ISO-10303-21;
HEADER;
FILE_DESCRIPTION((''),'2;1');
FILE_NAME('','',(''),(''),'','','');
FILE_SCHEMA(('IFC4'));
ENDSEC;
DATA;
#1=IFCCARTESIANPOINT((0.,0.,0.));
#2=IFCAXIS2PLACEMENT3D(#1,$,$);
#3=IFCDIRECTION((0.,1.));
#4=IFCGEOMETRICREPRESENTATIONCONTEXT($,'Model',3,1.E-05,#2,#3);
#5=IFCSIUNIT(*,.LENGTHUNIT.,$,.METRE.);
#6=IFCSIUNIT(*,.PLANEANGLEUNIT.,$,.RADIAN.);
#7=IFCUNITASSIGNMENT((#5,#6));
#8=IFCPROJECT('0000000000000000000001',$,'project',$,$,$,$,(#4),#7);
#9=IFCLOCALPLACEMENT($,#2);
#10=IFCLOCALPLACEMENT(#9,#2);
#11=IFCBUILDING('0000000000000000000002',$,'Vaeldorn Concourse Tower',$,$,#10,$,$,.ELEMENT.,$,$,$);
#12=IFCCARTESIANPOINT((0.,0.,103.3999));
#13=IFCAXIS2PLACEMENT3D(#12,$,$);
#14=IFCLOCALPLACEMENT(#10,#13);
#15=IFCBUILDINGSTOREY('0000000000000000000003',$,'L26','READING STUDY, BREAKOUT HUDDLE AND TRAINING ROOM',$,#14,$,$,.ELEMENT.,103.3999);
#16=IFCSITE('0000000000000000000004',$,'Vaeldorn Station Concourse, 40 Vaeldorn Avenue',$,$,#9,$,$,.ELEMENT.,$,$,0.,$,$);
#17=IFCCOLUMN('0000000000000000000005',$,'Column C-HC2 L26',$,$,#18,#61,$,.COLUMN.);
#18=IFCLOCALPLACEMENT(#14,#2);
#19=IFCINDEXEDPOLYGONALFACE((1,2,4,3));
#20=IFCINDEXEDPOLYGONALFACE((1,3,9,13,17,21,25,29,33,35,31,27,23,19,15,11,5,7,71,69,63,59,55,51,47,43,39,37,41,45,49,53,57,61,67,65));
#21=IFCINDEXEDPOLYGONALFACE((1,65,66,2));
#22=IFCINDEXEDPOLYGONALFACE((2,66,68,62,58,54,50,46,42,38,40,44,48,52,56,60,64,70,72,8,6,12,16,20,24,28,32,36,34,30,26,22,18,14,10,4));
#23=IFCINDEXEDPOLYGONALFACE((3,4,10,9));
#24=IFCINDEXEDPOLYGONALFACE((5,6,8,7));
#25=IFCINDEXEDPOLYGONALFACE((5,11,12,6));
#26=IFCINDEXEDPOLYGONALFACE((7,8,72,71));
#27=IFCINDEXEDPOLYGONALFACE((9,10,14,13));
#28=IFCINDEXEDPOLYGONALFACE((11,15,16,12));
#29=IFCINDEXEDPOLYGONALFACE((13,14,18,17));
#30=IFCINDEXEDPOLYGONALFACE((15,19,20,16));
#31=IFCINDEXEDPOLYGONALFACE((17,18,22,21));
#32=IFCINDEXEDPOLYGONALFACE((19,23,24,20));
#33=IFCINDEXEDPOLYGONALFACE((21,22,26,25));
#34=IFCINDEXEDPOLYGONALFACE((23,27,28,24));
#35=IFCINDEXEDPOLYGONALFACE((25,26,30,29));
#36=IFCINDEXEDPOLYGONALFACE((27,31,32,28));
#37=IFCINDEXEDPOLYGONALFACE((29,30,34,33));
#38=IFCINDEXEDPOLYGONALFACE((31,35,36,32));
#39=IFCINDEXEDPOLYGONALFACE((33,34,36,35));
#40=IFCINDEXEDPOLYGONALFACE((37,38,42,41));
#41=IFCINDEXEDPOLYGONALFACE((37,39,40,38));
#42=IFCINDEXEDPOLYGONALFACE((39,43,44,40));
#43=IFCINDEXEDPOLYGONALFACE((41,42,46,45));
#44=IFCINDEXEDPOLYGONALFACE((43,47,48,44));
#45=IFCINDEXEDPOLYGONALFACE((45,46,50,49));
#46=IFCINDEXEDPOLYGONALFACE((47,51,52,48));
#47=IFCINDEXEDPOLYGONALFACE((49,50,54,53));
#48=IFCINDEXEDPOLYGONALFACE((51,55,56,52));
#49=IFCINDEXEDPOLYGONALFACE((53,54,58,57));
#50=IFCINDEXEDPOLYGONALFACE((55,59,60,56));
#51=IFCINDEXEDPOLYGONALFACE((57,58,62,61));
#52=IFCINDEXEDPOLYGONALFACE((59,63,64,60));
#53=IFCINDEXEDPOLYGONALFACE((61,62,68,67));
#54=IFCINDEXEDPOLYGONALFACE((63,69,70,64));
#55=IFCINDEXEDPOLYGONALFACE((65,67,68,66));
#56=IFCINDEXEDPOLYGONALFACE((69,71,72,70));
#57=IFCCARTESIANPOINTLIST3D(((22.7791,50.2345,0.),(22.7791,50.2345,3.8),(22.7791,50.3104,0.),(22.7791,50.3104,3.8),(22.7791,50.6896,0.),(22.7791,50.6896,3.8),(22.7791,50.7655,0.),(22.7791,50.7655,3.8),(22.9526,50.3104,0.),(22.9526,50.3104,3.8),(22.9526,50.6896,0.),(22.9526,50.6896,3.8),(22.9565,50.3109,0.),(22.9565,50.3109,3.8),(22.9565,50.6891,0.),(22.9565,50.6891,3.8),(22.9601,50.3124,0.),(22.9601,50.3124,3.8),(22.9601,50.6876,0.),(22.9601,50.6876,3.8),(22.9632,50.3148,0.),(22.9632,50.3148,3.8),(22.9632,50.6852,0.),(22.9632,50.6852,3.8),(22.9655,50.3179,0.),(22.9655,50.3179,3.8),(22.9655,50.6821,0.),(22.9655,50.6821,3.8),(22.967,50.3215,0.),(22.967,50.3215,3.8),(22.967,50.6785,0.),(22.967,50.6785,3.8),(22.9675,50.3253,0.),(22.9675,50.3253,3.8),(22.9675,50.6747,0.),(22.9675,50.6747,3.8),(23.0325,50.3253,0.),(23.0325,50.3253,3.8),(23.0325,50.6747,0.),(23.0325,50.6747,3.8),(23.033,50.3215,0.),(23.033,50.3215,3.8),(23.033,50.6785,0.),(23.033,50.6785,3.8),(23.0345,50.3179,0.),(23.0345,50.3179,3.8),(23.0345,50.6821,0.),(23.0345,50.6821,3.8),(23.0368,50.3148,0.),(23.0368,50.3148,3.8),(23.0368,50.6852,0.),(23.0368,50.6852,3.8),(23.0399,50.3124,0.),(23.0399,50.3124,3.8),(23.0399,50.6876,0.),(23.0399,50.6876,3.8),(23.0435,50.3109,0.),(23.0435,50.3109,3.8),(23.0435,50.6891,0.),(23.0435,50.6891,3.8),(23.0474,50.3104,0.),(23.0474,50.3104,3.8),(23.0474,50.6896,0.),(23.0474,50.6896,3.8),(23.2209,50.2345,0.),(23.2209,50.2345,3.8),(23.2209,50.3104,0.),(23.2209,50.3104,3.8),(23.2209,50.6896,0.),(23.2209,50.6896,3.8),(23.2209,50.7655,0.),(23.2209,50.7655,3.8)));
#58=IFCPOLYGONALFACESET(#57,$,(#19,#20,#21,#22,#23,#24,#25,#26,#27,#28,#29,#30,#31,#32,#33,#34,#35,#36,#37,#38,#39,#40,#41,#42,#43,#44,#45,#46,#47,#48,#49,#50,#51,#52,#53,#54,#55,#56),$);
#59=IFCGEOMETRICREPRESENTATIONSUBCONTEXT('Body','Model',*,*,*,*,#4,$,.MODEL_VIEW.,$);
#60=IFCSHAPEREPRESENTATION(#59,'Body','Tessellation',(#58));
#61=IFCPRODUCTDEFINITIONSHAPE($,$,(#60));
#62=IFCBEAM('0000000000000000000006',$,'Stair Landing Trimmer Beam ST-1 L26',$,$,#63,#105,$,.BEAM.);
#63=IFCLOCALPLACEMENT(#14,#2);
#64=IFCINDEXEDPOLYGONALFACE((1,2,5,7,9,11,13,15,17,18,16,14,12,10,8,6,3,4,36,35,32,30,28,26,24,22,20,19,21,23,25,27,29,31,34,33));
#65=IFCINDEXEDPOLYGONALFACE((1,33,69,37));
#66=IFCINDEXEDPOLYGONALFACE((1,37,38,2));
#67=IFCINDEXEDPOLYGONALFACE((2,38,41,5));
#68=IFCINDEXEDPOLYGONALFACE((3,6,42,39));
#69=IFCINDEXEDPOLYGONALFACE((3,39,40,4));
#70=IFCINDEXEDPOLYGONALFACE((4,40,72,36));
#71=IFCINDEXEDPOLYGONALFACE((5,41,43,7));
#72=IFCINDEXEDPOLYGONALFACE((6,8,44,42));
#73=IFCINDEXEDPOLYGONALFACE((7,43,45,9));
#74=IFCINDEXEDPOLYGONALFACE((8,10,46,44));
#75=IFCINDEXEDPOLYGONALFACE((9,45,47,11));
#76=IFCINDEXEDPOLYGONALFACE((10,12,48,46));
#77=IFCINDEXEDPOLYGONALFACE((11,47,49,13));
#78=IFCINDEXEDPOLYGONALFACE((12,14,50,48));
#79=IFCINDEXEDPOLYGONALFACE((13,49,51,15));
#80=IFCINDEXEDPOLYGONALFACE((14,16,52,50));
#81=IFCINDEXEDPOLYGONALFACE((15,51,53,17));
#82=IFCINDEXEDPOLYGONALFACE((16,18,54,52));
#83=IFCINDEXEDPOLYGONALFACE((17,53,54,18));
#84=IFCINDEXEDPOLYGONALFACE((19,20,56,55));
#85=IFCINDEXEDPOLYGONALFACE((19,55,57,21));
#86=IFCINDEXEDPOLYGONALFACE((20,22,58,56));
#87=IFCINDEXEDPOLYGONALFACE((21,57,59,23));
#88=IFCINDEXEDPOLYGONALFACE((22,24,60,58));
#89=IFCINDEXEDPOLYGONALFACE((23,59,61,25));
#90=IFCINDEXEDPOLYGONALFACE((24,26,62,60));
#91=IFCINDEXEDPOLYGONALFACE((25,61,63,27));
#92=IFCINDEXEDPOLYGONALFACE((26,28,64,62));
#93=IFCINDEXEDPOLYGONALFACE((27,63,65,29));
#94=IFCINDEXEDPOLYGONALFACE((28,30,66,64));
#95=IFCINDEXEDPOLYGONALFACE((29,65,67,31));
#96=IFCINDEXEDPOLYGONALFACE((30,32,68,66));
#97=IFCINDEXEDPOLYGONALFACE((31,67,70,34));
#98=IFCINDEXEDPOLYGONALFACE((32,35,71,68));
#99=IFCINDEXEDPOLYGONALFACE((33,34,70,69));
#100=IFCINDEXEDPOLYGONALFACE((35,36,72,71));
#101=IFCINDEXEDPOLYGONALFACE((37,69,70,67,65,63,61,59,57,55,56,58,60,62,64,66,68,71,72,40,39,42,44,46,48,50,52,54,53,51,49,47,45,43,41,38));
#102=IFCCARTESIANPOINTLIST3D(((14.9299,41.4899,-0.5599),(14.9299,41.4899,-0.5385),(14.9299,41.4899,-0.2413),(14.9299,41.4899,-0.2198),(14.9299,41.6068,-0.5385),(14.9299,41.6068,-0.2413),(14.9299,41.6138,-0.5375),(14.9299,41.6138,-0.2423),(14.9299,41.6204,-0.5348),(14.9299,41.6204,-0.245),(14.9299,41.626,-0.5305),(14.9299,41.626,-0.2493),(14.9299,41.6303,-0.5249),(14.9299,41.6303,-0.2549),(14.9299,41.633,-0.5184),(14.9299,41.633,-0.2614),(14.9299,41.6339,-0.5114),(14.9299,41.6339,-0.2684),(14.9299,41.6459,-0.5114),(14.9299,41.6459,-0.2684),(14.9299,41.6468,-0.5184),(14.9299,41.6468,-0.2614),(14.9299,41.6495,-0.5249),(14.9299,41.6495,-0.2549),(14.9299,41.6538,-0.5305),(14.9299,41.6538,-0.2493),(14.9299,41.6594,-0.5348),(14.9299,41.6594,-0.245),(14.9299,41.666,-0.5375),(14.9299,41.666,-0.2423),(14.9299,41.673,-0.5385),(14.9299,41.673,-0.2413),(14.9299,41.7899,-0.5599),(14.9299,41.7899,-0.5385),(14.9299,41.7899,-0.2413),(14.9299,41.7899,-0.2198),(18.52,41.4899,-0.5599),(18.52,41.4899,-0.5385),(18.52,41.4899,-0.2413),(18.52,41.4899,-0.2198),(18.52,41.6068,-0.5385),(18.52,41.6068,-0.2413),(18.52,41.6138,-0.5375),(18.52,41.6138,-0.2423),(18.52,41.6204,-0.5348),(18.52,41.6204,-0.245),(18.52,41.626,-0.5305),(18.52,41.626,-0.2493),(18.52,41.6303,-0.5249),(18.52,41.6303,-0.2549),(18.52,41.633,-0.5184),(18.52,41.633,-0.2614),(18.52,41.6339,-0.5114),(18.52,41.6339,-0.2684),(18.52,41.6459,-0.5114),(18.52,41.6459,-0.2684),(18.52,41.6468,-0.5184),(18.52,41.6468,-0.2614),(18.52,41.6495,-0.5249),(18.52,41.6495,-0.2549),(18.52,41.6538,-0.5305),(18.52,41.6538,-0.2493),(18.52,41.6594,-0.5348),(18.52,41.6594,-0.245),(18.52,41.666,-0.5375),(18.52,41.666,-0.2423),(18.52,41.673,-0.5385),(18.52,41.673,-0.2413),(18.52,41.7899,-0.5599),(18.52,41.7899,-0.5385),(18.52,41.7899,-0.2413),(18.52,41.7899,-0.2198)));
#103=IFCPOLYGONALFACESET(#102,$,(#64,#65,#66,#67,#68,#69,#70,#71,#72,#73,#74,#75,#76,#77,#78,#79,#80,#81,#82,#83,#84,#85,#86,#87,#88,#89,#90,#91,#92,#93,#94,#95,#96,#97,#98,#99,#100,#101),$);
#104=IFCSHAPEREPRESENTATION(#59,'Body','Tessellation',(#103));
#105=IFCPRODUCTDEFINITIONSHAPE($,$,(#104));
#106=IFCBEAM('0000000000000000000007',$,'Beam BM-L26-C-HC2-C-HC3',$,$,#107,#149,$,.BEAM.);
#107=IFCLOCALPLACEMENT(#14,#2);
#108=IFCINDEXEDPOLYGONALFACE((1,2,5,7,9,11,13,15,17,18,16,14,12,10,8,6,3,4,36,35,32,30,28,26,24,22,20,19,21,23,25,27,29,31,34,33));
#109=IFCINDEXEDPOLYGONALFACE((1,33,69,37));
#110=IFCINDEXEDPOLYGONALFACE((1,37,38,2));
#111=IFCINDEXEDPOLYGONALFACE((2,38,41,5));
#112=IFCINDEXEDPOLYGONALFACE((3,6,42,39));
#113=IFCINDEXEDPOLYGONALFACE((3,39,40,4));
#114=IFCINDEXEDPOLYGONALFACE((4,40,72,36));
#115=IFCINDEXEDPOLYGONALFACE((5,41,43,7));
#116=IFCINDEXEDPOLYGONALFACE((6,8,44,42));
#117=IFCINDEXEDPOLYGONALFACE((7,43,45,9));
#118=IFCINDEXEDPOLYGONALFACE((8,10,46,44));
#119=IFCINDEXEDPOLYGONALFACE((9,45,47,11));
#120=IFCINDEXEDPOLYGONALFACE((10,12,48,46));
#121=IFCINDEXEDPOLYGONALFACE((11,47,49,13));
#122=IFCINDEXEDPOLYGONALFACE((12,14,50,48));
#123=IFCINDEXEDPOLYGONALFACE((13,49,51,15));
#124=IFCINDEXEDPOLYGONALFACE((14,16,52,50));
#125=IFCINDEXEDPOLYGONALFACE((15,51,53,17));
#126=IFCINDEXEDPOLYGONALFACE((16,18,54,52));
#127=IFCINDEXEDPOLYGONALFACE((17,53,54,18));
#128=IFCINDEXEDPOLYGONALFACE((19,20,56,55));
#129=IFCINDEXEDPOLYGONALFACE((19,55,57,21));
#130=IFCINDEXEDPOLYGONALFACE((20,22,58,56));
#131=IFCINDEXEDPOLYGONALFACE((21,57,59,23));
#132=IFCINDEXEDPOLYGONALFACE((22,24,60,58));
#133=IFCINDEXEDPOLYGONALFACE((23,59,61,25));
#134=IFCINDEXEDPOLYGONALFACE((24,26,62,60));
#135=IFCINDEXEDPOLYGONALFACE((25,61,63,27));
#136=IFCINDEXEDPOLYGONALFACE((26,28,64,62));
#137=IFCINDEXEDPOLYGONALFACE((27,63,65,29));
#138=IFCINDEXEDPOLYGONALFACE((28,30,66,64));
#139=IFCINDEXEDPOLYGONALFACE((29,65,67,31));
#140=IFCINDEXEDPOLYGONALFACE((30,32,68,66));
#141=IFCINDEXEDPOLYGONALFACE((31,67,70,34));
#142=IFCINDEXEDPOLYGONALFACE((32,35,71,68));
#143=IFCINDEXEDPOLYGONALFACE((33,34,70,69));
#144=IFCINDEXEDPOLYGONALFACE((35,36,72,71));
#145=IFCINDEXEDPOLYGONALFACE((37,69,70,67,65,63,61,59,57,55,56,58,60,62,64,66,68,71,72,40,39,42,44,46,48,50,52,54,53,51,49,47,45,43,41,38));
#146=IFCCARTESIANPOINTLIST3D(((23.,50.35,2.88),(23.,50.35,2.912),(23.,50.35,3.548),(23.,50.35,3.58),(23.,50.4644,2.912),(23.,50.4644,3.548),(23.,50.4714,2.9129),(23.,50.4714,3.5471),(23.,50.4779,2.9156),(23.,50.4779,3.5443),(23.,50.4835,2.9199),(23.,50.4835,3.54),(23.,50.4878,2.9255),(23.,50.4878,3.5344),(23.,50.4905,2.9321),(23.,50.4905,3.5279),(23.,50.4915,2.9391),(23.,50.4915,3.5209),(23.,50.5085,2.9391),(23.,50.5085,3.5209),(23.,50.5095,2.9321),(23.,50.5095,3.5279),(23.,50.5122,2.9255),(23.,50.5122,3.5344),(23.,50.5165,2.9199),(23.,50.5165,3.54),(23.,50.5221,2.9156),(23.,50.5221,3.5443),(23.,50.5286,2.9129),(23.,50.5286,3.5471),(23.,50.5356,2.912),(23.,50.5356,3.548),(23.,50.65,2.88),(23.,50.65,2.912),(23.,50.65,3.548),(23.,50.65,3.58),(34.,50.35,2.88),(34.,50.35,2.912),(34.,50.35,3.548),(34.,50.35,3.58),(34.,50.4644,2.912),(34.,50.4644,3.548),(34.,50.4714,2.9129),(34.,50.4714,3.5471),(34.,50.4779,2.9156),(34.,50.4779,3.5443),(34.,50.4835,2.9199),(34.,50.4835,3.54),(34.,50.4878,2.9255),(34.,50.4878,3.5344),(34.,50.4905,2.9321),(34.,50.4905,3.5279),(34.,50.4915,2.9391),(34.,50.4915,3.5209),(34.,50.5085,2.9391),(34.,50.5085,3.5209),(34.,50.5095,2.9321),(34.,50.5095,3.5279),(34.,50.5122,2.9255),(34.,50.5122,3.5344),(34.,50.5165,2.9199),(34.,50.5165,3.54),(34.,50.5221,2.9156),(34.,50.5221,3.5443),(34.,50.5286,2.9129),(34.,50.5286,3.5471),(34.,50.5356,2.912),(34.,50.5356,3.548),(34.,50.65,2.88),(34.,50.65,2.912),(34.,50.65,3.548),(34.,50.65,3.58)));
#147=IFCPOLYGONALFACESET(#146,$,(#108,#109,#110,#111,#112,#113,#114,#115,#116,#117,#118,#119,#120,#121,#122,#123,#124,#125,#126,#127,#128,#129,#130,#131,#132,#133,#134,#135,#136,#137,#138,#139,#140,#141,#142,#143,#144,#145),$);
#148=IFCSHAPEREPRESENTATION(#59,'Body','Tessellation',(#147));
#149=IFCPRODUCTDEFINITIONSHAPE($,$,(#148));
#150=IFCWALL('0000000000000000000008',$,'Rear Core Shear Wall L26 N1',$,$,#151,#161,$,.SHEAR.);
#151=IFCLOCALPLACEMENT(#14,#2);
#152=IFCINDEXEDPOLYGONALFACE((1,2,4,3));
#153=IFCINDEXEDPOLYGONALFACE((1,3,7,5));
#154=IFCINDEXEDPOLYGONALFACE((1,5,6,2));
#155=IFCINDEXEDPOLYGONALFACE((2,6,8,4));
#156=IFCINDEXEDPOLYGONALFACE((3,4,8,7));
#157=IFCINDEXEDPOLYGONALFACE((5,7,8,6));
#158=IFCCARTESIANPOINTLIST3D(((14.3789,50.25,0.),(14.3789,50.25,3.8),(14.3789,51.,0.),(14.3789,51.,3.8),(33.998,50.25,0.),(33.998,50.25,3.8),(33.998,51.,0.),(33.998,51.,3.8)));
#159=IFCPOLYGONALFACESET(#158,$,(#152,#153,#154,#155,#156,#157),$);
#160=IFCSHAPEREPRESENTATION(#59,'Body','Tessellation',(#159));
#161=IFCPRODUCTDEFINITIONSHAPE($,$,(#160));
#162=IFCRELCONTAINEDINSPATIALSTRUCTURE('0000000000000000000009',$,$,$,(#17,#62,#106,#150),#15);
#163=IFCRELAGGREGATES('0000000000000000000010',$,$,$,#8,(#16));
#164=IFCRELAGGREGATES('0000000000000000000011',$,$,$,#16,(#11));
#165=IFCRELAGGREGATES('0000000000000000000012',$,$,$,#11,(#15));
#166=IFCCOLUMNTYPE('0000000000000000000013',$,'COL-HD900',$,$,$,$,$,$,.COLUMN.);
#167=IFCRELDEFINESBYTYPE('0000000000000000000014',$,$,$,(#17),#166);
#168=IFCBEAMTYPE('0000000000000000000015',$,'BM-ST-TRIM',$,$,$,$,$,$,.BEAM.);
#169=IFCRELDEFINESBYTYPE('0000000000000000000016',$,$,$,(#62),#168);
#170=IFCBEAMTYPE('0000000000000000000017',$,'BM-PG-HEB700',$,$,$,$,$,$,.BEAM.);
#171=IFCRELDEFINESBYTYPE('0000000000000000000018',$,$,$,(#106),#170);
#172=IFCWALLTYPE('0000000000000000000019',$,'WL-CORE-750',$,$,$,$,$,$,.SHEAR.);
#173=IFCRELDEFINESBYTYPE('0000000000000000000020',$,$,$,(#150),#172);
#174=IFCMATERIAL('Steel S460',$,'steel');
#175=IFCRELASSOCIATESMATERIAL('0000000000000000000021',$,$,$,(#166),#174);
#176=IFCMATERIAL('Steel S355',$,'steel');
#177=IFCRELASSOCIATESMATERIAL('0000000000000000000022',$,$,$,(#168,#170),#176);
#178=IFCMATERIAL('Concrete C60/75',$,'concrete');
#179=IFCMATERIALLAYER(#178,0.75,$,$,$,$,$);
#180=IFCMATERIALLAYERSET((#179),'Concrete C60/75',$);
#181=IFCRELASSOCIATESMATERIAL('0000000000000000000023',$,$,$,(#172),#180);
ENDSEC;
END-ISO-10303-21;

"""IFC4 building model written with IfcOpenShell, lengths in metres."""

from ifc_helpers import new_model, si_unit, direction, frame, frame_2d, origin, origin_2d, place, context, subcontext, project, spatial, rectangle, i_section, extrude, source, transform, mapped, material, layer, layer_set, material_profile, profile_set, type_object, element, save


model = new_model("IFC4")

# Units and contexts
model_context = context("Model", 3, precision=1e-05, world=origin(), true_north=direction((0.0, 1.0)))
body_context = subcontext(model_context, "Body", "Model", "MODEL_VIEW")
ifc_project = project(units=[si_unit("LENGTHUNIT", "METRE"), si_unit("PLANEANGLEUNIT", "RADIAN")], contexts=[model_context])

# Site, building, storey
site_placement = place(None, origin())
site = spatial("IfcSite", under=ifc_project, at=site_placement, Name="Vaeldorn Station Concourse, 40 Vaeldorn Avenue", CompositionType="ELEMENT", RefElevation=0.0)
building_placement = place(site_placement, origin())
building = spatial("IfcBuilding", under=site, at=building_placement, Name="Vaeldorn Concourse Tower", CompositionType="ELEMENT")
storey_placement = place(building_placement, frame((0.0, 0.0, 103.3999)))
storey = spatial("IfcBuildingStorey", under=building, at=storey_placement, Name="L26", Description="READING STUDY, BREAKOUT HUDDLE AND TRAINING ROOM", CompositionType="ELEMENT", Elevation=103.3999)

# Column
ifc_material_1 = material(Name="Steel S460", Category="steel")
ifc_material_profile_1 = material_profile(ifc_material_1, i_section(OverallWidth=0.4419, OverallDepth=0.531, WebThickness=0.0649, FlangeThickness=0.0759, FilletRadius=0.0149, at=origin_2d()), Name="HD 400x900")
ifc_profile_set_1 = profile_set([ifc_material_profile_1], Name="Steel S460")
column_type = type_object("IfcColumnType", Name="COL-HD900", PredefinedType="COLUMN", material=ifc_profile_set_1)
shared_shape_1 = source(origin(), body_context, "Body", "SweptSolid", [
    extrude(i_section(OverallWidth=0.4419, OverallDepth=0.531, WebThickness=0.0649, FlangeThickness=0.0759, FilletRadius=0.0149, at=origin_2d()), origin(), (0.0, 0.0, 1.0), 3.8),
])
column_placement = place(storey_placement, frame((23.0, 50.5, 0.0), z_axis=(0.0, 0.0, 1.0), x_axis=(1.0, 0.0, 0.0)))
element("IfcColumn", 1, at=column_placement, inside=storey, type_object=column_type, Name="Column C-HC2 L26", PredefinedType="COLUMN", context=body_context, shape_type="MappedRepresentation", body=[
    mapped(shared_shape_1, transform((0.0, 0.0, 0.0), scale=1.0)),
])

# Beams
ifc_material_2 = material(Name="Steel S355", Category="steel")
ifc_material_profile_2 = material_profile(ifc_material_2, i_section(OverallWidth=0.3, OverallDepth=0.3401, WebThickness=0.012, FlangeThickness=0.0215, FilletRadius=0.0271, at=origin_2d()), Name="HEB 340")
ifc_profile_set_2 = profile_set([ifc_material_profile_2], Name="Steel S355")
beam_type_1 = type_object("IfcBeamType", Name="BM-ST-TRIM", PredefinedType="BEAM", material=ifc_profile_set_2)
shared_shape_2 = source(origin(), body_context, "Body", "SweptSolid", [
    extrude(i_section(OverallWidth=0.3, OverallDepth=0.3401, WebThickness=0.012, FlangeThickness=0.0215, FilletRadius=0.0271, at=origin_2d()), origin(), (0.0, 0.0, 1.0), 3.5901),
])
beam_1_placement = place(storey_placement, frame((14.9299, 41.6399, -0.3899), z_axis=(1.0, 0.0, 0.0), x_axis=(0.0, 1.0, 0.0)))
element("IfcBeam", 2, at=beam_1_placement, inside=storey, type_object=beam_type_1, Name="Stair Landing Trimmer Beam ST-1 L26", PredefinedType="BEAM", context=body_context, shape_type="MappedRepresentation", body=[
    mapped(shared_shape_2, transform((0.0, 0.0, 0.0), scale=1.0)),
])
ifc_material_profile_3 = material_profile(ifc_material_2, i_section(OverallWidth=0.3, OverallDepth=0.7, WebThickness=0.0171, FlangeThickness=0.032, FilletRadius=0.0271, at=origin_2d()), Name="HEB 700")
ifc_profile_set_3 = profile_set([ifc_material_profile_3], Name="Steel S355")
beam_type_2 = type_object("IfcBeamType", Name="BM-PG-HEB700", PredefinedType="BEAM", material=ifc_profile_set_3)
shared_shape_3 = source(origin(), body_context, "Body", "SweptSolid", [
    extrude(i_section(OverallWidth=0.3, OverallDepth=0.7, WebThickness=0.0171, FlangeThickness=0.032, FilletRadius=0.0271, at=origin_2d()), origin(), (0.0, 0.0, 1.0), 11.0),
])
beam_2_placement = place(storey_placement, frame((23.0, 50.5, 3.23), z_axis=(1.0, 0.0, 0.0), x_axis=(0.0, 1.0, 0.0)))
element("IfcBeam", 3, at=beam_2_placement, inside=storey, type_object=beam_type_2, Name="Beam BM-L26-C-HC2-C-HC3", PredefinedType="BEAM", context=body_context, shape_type="MappedRepresentation", body=[
    mapped(shared_shape_3, transform((0.0, 0.0, 0.0), scale=1.0)),
])

# Wall
ifc_material_3 = material(Name="Concrete C60/75", Category="concrete")
ifc_layer_1 = layer(ifc_material_3, 0.75)
ifc_layer_set_1 = layer_set([ifc_layer_1], Name="Concrete C60/75")
wall_type_1 = type_object("IfcWallType", Name="WL-CORE-750", PredefinedType="SHEAR", material=ifc_layer_set_1)
wall_1_placement = place(storey_placement, frame((14.3789, 50.625, 0.0), z_axis=(0.0, 0.0, 1.0), x_axis=(1.0, 0.0, 0.0)))
element("IfcWall", 4, at=wall_1_placement, inside=storey, type_object=wall_type_1, Name="Rear Core Shear Wall L26 N1", PredefinedType="SHEAR", context=body_context, shape_type="SweptSolid", body=[
    extrude(rectangle(XDim=19.6191, YDim=0.75, at=frame_2d((9.8096, 0.0))), origin(), (0.0, 0.0, 1.0), 3.8),
])

save(model, "model.ifc")
